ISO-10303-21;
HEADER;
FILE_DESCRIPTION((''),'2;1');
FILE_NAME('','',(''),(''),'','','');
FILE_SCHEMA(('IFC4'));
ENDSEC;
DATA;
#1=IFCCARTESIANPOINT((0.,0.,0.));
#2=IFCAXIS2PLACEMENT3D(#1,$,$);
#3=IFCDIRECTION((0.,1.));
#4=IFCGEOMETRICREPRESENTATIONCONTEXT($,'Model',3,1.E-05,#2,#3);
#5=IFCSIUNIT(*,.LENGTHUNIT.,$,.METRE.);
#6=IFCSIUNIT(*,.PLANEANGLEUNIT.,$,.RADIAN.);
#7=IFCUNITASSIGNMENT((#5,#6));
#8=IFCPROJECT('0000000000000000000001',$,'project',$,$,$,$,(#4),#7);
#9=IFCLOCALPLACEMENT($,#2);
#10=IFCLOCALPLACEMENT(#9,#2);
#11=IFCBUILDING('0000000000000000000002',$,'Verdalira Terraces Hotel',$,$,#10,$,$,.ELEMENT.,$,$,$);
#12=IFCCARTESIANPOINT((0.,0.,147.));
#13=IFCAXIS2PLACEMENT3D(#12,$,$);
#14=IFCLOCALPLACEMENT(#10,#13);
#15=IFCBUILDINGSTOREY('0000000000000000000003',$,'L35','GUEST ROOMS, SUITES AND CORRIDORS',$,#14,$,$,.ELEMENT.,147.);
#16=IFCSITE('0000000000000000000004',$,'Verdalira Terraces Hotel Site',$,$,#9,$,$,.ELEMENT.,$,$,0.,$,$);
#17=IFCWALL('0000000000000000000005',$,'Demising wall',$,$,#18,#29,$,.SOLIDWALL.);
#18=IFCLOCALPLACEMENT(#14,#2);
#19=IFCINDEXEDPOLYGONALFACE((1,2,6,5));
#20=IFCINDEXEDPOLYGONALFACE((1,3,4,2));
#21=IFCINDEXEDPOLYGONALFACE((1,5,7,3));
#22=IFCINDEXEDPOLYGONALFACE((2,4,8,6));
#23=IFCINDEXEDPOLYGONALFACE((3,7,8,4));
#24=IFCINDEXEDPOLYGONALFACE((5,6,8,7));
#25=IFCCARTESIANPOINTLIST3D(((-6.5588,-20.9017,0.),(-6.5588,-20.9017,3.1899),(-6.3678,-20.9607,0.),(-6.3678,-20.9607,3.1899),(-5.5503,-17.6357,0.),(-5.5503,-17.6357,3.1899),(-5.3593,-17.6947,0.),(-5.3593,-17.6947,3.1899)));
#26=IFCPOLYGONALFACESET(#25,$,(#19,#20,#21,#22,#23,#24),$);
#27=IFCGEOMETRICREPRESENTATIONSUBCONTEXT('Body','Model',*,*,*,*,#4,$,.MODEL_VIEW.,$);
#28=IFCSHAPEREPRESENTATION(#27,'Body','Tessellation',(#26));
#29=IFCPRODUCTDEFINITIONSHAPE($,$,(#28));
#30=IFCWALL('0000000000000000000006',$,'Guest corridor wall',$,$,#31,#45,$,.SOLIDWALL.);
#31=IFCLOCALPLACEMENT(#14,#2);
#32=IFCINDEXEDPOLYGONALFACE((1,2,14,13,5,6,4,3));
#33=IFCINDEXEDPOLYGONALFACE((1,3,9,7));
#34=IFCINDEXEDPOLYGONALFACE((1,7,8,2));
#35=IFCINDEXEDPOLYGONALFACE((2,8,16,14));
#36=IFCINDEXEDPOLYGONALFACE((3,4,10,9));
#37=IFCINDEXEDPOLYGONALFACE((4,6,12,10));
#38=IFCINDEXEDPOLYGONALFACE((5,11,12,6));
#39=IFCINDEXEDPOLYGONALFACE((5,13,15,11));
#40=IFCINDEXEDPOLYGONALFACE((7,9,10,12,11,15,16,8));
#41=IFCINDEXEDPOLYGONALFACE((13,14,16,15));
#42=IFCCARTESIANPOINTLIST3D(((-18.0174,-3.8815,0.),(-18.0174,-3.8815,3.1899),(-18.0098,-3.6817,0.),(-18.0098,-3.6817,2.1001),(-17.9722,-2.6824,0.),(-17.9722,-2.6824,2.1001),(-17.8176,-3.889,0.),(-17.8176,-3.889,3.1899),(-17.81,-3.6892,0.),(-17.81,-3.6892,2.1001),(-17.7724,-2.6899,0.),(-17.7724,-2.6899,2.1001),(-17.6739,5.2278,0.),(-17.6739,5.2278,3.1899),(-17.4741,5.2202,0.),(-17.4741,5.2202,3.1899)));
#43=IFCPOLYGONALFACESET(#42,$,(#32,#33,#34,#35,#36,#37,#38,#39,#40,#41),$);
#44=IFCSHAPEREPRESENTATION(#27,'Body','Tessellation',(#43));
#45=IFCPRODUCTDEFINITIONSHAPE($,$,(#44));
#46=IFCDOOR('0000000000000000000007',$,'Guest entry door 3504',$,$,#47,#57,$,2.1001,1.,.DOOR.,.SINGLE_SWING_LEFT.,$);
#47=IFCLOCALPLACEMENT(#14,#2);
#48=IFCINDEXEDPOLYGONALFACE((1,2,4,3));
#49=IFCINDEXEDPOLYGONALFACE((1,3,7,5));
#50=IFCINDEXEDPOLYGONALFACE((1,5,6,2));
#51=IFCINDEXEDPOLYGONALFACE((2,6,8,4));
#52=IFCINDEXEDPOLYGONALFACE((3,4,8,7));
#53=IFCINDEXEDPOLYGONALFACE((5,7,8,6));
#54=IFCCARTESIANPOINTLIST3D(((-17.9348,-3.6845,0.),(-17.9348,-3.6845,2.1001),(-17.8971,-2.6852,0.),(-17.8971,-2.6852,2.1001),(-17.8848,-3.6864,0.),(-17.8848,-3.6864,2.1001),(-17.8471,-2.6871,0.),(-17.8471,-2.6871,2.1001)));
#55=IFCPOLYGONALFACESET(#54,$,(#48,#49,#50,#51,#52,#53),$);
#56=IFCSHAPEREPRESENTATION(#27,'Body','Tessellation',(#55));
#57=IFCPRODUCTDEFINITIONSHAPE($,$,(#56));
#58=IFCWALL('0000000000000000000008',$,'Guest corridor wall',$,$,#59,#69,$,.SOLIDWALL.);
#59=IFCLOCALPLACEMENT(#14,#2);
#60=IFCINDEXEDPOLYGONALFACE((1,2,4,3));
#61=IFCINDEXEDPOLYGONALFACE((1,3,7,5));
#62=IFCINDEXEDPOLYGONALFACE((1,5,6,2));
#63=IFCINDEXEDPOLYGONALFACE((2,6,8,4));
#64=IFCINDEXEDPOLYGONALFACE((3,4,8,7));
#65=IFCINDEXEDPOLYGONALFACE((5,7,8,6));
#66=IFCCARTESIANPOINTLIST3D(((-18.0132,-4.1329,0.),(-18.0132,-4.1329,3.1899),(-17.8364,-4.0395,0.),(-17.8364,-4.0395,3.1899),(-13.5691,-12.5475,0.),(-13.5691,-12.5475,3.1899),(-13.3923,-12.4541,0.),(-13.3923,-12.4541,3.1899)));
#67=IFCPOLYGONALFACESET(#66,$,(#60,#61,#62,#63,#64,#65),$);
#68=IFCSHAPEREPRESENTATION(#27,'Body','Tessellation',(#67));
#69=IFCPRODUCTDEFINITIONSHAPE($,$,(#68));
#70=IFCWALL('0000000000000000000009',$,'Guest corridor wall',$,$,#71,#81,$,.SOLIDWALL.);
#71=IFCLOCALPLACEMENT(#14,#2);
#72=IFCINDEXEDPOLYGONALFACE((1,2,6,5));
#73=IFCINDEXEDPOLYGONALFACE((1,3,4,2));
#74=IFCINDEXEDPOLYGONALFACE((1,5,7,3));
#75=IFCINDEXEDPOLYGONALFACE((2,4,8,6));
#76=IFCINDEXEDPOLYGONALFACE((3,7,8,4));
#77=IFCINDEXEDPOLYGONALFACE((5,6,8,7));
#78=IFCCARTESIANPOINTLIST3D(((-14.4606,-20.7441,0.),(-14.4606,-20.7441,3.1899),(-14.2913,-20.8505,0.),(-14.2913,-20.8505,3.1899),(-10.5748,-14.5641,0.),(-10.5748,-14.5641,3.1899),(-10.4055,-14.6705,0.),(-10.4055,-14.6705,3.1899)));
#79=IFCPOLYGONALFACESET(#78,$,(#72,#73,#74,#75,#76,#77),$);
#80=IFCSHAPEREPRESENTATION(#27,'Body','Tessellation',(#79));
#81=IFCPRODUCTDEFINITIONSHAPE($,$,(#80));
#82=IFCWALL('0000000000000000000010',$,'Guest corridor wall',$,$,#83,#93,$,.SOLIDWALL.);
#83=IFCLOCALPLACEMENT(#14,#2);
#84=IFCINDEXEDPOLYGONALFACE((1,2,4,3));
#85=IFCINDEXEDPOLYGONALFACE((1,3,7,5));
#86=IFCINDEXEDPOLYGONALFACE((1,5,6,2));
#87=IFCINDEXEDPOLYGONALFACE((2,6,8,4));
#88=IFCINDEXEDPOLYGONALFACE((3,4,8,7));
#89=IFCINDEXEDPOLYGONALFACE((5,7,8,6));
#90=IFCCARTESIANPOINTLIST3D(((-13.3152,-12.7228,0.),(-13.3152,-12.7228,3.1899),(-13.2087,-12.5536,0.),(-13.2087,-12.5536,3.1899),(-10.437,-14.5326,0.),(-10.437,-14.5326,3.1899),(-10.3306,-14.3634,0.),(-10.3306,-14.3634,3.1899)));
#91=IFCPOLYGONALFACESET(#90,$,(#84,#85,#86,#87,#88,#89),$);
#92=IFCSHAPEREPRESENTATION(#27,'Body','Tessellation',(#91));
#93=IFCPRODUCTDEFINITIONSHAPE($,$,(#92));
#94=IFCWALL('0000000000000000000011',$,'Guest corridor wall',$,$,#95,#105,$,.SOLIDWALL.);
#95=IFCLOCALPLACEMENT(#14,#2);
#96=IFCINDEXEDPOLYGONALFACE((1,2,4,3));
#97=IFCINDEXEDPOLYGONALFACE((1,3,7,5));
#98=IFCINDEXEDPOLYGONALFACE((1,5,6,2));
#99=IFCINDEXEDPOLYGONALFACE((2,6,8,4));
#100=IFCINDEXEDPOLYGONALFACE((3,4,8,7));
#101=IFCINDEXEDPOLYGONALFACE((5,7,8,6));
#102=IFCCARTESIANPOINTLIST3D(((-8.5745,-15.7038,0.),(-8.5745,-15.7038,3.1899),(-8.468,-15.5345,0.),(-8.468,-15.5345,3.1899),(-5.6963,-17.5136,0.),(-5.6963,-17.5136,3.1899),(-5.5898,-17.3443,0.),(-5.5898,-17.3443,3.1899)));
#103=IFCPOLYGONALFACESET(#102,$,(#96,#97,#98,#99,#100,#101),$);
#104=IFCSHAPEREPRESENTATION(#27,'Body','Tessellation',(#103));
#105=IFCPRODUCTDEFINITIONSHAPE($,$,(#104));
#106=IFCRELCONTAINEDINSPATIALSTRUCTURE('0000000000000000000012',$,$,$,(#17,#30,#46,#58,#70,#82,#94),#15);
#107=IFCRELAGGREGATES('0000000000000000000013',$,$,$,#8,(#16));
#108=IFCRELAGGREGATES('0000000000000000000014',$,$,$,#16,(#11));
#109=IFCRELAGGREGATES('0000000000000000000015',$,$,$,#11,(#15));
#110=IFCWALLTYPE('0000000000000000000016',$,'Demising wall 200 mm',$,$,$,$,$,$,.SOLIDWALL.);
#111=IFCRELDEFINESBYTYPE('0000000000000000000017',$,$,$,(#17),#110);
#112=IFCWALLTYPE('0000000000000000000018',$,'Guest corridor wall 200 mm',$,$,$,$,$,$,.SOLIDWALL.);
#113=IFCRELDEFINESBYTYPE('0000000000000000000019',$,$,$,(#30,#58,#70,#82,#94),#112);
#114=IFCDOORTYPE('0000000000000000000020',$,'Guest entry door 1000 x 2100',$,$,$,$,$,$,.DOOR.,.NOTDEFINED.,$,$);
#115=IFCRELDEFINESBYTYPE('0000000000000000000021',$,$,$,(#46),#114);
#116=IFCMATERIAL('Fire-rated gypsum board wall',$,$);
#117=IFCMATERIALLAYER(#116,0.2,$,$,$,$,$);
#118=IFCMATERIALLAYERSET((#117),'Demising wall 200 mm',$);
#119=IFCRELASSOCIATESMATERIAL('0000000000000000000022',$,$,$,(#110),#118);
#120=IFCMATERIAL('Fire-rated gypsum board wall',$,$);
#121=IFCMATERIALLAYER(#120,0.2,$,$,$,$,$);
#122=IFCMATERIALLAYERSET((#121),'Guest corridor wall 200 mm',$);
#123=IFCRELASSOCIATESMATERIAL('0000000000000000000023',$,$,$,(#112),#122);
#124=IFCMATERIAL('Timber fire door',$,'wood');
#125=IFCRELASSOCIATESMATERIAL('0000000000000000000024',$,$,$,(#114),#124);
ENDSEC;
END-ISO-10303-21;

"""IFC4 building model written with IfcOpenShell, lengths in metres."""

from ifc_helpers import new_model, si_unit, direction, frame, frame_2d, origin, place, context, subcontext, project, spatial, rectangle, extrude, material, layer, layer_set, type_object, element, fill, save


model = new_model("IFC4")

# Units and contexts
model_context = context("Model", 3, precision=1e-05, world=origin(), true_north=direction((0.0, 1.0)))
body_context = subcontext(model_context, "Body", "Model", "MODEL_VIEW")
ifc_project = project(units=[si_unit("LENGTHUNIT", "METRE"), si_unit("PLANEANGLEUNIT", "RADIAN")], contexts=[model_context])

# Site, building, storey
site_placement = place(None, origin())
site = spatial("IfcSite", under=ifc_project, at=site_placement, Name="Verdalira Terraces Hotel Site", CompositionType="ELEMENT", RefElevation=0.0)
building_placement = place(site_placement, origin())
building = spatial("IfcBuilding", under=site, at=building_placement, Name="Verdalira Terraces Hotel", CompositionType="ELEMENT")
storey_placement = place(building_placement, frame((0.0, 0.0, 147.0)))
storey = spatial("IfcBuildingStorey", under=building, at=storey_placement, Name="L35", Description="GUEST ROOMS, SUITES AND CORRIDORS", CompositionType="ELEMENT", Elevation=147.0)

# Wall
ifc_material_1 = material(Name="Fire-rated gypsum board wall")
ifc_layer_1 = layer(ifc_material_1, 0.2)
ifc_layer_set_1 = layer_set([ifc_layer_1], Name="Demising wall 200 mm")
wall_type_1 = type_object("IfcWallType", Name="Demising wall 200 mm", PredefinedType="SOLIDWALL", material=ifc_layer_set_1)
wall_1_placement = place(storey_placement, frame((-5.4548, -17.6653, 0.0), z_axis=(0.0, 0.0, 1.0), x_axis=(-0.295044, -0.955484, 0.0)))
element("IfcWall", 1, at=wall_1_placement, inside=storey, type_object=wall_type_1, Name="Demising wall", PredefinedType="SOLIDWALL", context=body_context, shape_type="SweptSolid", body=[
    extrude(rectangle(XDim=3.4182, YDim=0.2, at=frame_2d((1.709, 0.0))), origin(), (0.0, 0.0, 1.0), 3.1899),
])

# Wall, opening, door
ifc_material_2 = material(Name="Fire-rated gypsum board wall")
ifc_layer_2 = layer(ifc_material_2, 0.2)
ifc_layer_set_2 = layer_set([ifc_layer_2], Name="Guest corridor wall 200 mm")
wall_type_2 = type_object("IfcWallType", Name="Guest corridor wall 200 mm", PredefinedType="SOLIDWALL", material=ifc_layer_set_2)
wall_2_placement = place(storey_placement, frame((-17.9175, -3.8853, 0.0), z_axis=(0.0, 0.0, 1.0), x_axis=(0.037683, 0.99929, 0.0)))
wall_2 = element("IfcWall", 2, at=wall_2_placement, inside=storey, type_object=wall_type_2, Name="Guest corridor wall", PredefinedType="SOLIDWALL", context=body_context, shape_type="SweptSolid", body=[
    extrude(rectangle(XDim=9.1157, YDim=0.2, at=frame_2d((4.5579, 0.0))), origin(), (0.0, 0.0, 1.0), 3.1899),
])
opening_1_placement = place(wall_2_placement, frame((0.2, 0.0, 0.0)))
opening_1 = element("IfcOpeningElement", 3, at=opening_1_placement, cuts=wall_2, PredefinedType="OPENING", context=body_context, shape_type="SweptSolid", body=[
    extrude(rectangle(XDim=1.0, YDim=2.1001, at=frame_2d((0.5, 1.05))), frame((0.0, 0.1099, 0.0), z_axis=(0.0, -1.0, 0.0), x_axis=(1.0, 0.0, 0.0)), (0.0, 0.0, 1.0), 0.22),
])
ifc_material_3 = material(Name="Timber fire door", Category="wood")
door_type_1 = type_object("IfcDoorType", Name="Guest entry door 1000 x 2100", OperationType="NOTDEFINED", PredefinedType="DOOR", material=ifc_material_3)
door_1_placement = place(opening_1_placement, origin())
door_1 = element("IfcDoor", 4, at=door_1_placement, inside=storey, type_object=door_type_1, Name="Guest entry door 3504", OperationType="SINGLE_SWING_LEFT", OverallHeight=2.1001, OverallWidth=1.0, PredefinedType="DOOR", context=body_context, shape_type="SweptSolid", body=[
    extrude(rectangle(XDim=1.0, YDim=2.1001, at=frame_2d((0.5, 1.05))), frame((0.0, 0.0249, 0.0), z_axis=(0.0, -1.0, 0.0), x_axis=(1.0, 0.0, 0.0)), (0.0, 0.0, 1.0), 0.05),
])
fill(opening_1, door_1)

# Walls
wall_3_placement = place(storey_placement, frame((-17.9248, -4.0862, 0.0), z_axis=(0.0, 0.0, 1.0), x_axis=(0.467012, -0.884251, 0.0)))
element("IfcWall", 5, at=wall_3_placement, inside=storey, type_object=wall_type_2, Name="Guest corridor wall", PredefinedType="SOLIDWALL", context=body_context, shape_type="SweptSolid", body=[
    extrude(rectangle(XDim=9.5161, YDim=0.2, at=frame_2d((4.7581, 0.0))), origin(), (0.0, 0.0, 1.0), 3.1899),
])
wall_4_placement = place(storey_placement, frame((-10.4902, -14.6174, 0.0), z_axis=(0.0, 0.0, 1.0), x_axis=(-0.532291, -0.846562, 0.0)))
element("IfcWall", 6, at=wall_4_placement, inside=storey, type_object=wall_type_2, Name="Guest corridor wall", PredefinedType="SOLIDWALL", context=body_context, shape_type="SweptSolid", body=[
    extrude(rectangle(XDim=7.3, YDim=0.2, at=frame_2d((3.6499, 0.0))), origin(), (0.0, 0.0, 1.0), 3.1899),
])
for number, where, z_axis, x_axis, name in (
    (7, (-13.262, -12.6382, 0.0), (0.0, 0.0, 1.0), (0.846547, -0.532314, 0.0), "Guest corridor wall"),
    (8, (-8.5212, -15.6191, 0.0), (0.0, 0.0, 1.0), (0.846547, -0.532314, 0.0), "Guest corridor wall"),
):
    element("IfcWall", number, at=place(storey_placement, frame(where, z_axis=z_axis, x_axis=x_axis)), inside=storey, type_object=wall_type_2, Name=name, PredefinedType="SOLIDWALL", context=body_context, shape_type="SweptSolid", body=[
        extrude(rectangle(XDim=3.3999, YDim=0.2, at=frame_2d((1.7, 0.0))), origin(), (0.0, 0.0, 1.0), 3.1899),
    ])

save(model, "model.ifc")
